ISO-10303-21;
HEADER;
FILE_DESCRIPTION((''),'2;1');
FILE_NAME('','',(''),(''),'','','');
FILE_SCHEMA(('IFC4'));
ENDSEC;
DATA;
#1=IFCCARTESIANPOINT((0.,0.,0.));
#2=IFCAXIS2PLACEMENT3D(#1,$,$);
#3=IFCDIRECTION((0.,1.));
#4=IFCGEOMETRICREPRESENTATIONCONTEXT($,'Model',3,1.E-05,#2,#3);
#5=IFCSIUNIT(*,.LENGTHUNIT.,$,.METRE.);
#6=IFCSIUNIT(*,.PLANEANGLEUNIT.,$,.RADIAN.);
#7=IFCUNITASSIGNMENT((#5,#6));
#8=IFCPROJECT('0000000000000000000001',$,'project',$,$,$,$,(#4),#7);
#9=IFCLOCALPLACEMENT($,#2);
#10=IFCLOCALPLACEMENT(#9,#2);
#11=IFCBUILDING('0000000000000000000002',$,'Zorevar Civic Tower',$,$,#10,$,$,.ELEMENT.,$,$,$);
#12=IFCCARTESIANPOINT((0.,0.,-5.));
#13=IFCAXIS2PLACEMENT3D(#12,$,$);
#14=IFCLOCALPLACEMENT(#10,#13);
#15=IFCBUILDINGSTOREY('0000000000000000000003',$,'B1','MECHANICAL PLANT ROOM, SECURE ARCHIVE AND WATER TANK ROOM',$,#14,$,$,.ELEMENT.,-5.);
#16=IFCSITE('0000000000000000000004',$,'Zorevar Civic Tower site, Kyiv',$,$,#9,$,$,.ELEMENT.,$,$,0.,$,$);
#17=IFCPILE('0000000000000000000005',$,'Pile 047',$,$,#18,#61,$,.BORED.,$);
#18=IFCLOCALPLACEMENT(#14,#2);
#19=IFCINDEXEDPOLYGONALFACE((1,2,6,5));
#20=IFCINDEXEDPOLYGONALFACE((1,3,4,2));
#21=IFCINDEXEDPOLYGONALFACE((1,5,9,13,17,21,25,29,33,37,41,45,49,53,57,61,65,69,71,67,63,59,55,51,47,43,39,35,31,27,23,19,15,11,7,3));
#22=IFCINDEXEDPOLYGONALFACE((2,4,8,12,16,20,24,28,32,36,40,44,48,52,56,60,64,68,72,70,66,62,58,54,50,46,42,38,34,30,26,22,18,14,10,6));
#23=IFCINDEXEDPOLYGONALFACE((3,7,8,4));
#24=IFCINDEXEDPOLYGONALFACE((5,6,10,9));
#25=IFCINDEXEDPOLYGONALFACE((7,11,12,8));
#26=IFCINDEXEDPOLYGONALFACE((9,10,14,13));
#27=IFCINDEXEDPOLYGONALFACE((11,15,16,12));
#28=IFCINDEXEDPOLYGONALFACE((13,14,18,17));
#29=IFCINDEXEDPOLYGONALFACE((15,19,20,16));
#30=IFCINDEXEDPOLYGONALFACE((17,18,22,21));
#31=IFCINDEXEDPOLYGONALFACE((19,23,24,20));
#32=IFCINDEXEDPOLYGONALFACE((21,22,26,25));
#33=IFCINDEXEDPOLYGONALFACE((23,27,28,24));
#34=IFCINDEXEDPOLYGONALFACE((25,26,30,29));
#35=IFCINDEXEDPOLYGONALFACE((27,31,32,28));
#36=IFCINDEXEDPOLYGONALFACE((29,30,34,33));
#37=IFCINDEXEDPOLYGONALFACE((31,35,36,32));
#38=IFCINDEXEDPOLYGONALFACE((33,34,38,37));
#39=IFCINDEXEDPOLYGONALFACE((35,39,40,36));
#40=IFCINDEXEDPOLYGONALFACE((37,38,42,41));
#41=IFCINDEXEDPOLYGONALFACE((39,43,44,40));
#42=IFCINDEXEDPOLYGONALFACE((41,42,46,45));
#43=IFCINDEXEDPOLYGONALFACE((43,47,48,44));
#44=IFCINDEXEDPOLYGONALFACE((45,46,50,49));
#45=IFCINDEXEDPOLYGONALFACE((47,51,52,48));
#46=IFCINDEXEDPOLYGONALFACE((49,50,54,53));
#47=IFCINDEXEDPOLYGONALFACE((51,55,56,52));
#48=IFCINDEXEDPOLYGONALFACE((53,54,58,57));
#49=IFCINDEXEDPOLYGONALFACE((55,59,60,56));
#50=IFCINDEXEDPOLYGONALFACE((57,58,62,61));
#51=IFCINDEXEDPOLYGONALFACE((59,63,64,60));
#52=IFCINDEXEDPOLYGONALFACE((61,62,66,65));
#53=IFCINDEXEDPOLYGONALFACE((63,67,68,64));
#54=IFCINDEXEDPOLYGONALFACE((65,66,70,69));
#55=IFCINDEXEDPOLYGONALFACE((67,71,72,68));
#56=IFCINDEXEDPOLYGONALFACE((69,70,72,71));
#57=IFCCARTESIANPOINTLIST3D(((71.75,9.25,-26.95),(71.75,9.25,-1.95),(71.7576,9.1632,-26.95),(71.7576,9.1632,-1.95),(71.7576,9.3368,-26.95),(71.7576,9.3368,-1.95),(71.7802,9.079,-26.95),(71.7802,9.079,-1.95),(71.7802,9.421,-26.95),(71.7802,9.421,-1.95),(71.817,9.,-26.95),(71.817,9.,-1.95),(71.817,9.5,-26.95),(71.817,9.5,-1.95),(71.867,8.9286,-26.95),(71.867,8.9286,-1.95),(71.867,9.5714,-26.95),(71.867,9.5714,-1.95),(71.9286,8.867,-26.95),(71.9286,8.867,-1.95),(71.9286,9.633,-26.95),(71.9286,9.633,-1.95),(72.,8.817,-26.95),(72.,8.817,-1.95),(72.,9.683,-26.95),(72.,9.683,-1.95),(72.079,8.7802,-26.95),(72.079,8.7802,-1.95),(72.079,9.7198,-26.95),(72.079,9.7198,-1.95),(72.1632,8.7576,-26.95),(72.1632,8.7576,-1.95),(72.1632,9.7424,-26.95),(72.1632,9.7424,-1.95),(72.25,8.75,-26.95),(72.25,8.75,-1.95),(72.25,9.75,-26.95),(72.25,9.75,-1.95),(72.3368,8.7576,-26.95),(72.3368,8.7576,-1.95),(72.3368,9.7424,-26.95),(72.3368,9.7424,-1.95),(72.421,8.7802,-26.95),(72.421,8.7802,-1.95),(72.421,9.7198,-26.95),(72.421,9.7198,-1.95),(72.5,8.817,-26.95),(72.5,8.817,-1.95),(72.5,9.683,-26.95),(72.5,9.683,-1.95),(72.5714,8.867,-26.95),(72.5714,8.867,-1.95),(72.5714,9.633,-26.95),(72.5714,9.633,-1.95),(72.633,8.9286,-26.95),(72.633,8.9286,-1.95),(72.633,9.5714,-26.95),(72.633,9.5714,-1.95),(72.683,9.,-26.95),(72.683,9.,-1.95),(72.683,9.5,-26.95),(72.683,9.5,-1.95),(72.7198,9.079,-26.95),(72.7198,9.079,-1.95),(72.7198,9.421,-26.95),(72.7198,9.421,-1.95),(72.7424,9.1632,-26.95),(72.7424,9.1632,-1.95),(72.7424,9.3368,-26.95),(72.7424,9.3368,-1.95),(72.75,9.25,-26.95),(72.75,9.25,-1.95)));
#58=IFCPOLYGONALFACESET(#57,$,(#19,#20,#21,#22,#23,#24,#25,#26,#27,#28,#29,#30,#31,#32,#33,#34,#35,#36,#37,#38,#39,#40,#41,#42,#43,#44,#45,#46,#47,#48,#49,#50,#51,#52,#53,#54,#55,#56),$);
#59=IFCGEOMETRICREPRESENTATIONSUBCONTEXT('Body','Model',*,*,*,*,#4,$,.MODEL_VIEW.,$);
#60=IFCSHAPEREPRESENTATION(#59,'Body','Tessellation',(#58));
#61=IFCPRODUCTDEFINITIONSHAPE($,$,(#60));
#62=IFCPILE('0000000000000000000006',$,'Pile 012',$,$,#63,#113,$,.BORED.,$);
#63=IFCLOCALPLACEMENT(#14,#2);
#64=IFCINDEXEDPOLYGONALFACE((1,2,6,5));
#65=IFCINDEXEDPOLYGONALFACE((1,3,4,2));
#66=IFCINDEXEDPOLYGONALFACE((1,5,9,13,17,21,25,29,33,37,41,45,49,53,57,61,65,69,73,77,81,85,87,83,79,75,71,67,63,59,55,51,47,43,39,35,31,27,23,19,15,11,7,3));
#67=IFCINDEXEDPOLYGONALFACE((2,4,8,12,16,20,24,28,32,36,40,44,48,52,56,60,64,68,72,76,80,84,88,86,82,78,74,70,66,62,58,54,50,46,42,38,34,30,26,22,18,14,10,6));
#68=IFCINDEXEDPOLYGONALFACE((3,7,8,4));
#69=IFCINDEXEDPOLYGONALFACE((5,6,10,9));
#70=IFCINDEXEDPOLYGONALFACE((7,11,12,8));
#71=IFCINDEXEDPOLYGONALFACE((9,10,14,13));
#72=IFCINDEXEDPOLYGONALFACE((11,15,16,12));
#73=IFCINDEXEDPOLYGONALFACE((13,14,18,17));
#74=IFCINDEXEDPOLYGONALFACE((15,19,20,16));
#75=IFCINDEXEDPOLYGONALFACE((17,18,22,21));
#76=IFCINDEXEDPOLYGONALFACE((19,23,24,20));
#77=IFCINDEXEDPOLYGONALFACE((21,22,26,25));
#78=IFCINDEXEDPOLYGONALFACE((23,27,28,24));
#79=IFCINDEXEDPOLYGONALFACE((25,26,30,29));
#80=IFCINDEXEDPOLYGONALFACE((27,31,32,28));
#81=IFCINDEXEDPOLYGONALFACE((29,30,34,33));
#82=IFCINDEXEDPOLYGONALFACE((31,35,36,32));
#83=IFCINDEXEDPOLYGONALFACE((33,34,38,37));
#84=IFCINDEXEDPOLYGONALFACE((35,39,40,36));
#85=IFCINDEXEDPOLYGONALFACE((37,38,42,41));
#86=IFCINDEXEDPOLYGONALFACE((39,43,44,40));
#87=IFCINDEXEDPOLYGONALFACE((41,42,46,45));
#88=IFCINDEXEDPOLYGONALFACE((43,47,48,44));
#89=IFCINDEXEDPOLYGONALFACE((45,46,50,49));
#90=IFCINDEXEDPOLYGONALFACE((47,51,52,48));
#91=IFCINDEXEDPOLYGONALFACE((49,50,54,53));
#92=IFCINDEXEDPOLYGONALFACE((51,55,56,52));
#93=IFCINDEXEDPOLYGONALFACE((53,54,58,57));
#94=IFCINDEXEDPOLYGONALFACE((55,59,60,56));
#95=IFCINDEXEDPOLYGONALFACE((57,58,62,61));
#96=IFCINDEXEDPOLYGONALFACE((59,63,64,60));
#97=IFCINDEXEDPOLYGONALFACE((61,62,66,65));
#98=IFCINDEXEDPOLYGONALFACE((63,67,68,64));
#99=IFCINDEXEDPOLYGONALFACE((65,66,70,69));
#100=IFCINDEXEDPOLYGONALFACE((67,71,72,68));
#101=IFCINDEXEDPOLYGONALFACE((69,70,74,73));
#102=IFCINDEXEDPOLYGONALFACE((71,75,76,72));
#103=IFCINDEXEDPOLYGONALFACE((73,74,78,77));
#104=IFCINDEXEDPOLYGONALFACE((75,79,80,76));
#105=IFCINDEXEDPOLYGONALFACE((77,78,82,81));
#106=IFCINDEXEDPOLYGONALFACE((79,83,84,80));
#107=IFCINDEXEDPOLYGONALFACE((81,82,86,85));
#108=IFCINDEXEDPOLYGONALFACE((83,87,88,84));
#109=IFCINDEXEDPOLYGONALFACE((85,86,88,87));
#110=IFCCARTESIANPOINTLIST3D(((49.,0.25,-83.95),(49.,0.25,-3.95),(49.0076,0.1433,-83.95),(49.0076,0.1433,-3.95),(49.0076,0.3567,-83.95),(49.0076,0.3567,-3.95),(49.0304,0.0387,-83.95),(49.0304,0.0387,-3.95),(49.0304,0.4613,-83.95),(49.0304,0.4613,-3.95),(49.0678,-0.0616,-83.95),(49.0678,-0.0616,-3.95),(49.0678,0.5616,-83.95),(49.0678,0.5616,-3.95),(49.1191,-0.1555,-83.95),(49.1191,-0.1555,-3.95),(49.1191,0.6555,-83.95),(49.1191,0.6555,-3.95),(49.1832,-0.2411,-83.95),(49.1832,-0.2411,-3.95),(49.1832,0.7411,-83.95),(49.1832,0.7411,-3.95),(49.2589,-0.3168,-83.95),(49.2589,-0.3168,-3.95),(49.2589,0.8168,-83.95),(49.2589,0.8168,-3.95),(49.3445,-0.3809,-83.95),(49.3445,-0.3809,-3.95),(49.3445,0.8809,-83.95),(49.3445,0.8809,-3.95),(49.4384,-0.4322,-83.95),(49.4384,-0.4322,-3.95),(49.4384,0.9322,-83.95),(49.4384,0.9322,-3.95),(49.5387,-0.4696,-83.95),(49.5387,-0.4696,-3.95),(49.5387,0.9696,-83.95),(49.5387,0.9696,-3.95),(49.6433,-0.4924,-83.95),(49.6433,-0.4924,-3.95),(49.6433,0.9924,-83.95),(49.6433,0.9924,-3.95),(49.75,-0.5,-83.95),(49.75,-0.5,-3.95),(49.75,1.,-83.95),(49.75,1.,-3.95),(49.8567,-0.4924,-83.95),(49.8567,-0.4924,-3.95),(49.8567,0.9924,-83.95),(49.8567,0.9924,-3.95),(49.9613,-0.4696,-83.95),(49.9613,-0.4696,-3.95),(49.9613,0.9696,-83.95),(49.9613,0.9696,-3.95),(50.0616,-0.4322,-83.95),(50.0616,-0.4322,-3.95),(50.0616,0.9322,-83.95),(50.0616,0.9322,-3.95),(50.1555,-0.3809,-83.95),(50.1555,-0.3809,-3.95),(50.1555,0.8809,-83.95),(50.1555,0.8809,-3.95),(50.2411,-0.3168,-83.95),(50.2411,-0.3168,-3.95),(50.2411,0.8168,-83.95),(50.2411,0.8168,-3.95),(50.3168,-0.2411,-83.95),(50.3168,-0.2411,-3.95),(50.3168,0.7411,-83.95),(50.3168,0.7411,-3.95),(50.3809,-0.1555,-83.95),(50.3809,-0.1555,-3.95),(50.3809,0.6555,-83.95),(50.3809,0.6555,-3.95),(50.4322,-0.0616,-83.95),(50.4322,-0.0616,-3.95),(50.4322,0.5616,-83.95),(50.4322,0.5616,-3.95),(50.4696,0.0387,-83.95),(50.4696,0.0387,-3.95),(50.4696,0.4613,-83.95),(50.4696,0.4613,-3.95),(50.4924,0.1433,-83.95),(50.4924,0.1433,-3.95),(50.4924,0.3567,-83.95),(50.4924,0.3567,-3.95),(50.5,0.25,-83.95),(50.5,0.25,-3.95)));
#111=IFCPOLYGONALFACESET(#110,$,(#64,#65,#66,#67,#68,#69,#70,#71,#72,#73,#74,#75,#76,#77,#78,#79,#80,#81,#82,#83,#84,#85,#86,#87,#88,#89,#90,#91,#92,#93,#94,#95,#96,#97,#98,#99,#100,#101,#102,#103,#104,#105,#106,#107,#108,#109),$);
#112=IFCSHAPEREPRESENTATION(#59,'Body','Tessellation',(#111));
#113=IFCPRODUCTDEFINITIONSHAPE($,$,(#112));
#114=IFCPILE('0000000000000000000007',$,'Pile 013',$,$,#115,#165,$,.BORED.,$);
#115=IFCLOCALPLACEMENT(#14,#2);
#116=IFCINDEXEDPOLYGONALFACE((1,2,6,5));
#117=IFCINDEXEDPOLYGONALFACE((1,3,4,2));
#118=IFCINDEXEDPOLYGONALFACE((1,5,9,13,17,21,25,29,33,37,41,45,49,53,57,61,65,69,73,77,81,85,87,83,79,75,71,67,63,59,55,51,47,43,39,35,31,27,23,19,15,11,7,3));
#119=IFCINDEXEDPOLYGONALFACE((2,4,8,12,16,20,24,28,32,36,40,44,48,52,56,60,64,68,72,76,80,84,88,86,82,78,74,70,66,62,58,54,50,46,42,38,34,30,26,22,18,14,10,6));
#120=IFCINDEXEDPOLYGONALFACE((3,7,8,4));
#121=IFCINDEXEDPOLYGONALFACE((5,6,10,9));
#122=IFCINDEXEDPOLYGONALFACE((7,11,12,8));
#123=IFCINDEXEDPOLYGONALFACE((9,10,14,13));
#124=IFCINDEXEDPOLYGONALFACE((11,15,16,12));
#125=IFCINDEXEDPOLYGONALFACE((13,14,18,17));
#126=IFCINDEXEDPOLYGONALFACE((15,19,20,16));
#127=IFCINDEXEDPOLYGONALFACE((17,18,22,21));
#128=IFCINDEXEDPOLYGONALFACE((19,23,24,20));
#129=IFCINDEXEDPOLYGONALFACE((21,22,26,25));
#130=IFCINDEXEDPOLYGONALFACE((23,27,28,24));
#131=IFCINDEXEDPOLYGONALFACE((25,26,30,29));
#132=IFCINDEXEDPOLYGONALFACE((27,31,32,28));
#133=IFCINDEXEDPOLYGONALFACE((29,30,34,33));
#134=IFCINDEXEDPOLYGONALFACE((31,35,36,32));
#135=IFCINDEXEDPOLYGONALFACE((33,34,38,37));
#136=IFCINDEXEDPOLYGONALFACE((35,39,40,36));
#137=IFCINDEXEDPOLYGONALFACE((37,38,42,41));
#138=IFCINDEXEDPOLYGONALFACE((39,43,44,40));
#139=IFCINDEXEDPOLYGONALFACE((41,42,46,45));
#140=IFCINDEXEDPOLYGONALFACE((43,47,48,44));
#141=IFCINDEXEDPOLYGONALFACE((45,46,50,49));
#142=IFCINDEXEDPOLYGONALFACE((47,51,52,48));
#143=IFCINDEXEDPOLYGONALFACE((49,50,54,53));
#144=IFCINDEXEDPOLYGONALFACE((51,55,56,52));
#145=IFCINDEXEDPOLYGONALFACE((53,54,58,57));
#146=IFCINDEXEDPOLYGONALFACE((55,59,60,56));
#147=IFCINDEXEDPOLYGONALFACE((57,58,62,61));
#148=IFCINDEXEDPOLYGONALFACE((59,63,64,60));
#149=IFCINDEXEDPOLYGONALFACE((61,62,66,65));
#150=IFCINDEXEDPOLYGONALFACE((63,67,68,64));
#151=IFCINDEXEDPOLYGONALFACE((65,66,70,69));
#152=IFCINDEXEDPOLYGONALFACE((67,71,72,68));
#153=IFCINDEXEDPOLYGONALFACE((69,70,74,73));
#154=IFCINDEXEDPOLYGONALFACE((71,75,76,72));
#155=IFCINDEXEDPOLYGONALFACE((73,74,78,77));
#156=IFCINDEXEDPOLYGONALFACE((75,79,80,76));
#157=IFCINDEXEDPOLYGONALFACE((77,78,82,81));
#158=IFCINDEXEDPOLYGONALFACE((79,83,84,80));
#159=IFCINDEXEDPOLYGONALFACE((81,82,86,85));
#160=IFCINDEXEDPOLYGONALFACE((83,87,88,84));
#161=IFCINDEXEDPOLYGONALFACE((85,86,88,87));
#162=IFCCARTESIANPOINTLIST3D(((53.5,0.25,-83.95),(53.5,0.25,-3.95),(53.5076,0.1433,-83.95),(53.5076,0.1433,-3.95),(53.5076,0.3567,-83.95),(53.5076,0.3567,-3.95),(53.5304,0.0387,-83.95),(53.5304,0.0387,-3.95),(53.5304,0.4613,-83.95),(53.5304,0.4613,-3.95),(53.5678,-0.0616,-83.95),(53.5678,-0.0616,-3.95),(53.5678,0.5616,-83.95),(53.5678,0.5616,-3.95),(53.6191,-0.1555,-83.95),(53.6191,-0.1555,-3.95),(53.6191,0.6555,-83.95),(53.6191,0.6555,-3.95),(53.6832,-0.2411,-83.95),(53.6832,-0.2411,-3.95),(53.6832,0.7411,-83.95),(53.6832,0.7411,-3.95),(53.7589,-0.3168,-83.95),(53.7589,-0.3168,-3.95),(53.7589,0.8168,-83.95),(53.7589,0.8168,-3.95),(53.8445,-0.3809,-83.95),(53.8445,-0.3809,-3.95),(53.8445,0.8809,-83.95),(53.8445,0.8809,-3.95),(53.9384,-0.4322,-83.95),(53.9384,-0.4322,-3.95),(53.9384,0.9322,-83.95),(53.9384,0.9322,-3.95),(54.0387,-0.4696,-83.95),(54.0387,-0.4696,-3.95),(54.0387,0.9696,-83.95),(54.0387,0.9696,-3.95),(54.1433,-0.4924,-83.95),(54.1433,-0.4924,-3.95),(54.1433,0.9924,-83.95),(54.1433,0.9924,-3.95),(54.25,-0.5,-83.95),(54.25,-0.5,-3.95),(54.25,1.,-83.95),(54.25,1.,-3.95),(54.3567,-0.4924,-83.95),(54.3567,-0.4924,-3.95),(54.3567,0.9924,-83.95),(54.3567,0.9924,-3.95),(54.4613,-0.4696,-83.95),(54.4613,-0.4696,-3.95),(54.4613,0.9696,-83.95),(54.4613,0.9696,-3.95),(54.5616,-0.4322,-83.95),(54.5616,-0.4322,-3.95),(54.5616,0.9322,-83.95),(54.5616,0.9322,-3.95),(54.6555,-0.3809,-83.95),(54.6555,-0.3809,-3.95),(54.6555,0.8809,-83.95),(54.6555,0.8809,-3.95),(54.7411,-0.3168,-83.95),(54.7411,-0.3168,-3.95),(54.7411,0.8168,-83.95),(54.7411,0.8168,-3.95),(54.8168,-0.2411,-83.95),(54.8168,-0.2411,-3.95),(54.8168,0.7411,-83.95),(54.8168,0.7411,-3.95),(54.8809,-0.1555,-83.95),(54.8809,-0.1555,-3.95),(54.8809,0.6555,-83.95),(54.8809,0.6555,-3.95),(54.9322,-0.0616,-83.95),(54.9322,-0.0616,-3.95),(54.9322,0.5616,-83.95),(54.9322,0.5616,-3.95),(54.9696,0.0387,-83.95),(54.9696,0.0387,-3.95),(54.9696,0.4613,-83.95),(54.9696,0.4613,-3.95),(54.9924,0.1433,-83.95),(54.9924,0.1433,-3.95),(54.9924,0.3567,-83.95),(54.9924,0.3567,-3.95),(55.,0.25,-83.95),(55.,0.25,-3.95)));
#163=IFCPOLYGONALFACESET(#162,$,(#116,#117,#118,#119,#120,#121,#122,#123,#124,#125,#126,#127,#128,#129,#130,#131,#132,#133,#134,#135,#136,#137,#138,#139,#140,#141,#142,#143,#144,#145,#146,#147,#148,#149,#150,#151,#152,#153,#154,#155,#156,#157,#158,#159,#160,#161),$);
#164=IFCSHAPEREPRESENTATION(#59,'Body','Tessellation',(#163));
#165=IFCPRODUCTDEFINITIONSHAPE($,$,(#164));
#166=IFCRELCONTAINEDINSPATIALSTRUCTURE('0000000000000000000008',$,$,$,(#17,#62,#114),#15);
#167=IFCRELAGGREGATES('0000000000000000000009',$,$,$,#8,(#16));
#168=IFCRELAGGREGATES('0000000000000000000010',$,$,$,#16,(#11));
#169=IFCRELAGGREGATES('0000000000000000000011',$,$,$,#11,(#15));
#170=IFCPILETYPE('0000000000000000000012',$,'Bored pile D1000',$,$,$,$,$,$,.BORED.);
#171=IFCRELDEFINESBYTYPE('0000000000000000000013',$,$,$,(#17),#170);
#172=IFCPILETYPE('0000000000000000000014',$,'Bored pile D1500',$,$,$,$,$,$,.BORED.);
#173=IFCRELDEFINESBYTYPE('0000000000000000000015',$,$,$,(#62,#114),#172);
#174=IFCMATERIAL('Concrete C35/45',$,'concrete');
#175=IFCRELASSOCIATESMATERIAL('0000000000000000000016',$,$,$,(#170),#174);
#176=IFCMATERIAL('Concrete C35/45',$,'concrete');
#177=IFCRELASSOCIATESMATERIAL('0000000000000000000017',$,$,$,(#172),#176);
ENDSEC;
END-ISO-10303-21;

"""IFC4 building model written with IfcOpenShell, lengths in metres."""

from ifc_helpers import new_model, si_unit, direction, frame, origin, origin_2d, place, context, subcontext, project, spatial, circle, extrude, material, type_object, element, save


model = new_model("IFC4")

# Units and contexts
model_context = context("Model", 3, precision=1e-05, world=origin(), true_north=direction((0.0, 1.0)))
body_context = subcontext(model_context, "Body", "Model", "MODEL_VIEW")
ifc_project = project(units=[si_unit("LENGTHUNIT", "METRE"), si_unit("PLANEANGLEUNIT", "RADIAN")], contexts=[model_context])

# Site, building, storey
site_placement = place(None, origin())
site = spatial("IfcSite", under=ifc_project, at=site_placement, Name="Zorevar Civic Tower site, Kyiv", CompositionType="ELEMENT", RefElevation=0.0)
building_placement = place(site_placement, origin())
building = spatial("IfcBuilding", under=site, at=building_placement, Name="Zorevar Civic Tower", CompositionType="ELEMENT")
storey_placement = place(building_placement, frame((0.0, 0.0, -5.0)))
storey = spatial("IfcBuildingStorey", under=building, at=storey_placement, Name="B1", Description="MECHANICAL PLANT ROOM, SECURE ARCHIVE AND WATER TANK ROOM", CompositionType="ELEMENT", Elevation=-5.0)

# Piles
ifc_material_1 = material(Name="Concrete C35/45", Category="concrete")
pile_type_1 = type_object("IfcPileType", Name="Bored pile D1000", PredefinedType="BORED", material=ifc_material_1)
pile_placement = place(storey_placement, frame((72.25, 9.25, -1.95), z_axis=(0.0, 0.0, -1.0), x_axis=(1.0, 0.0, 0.0)))
element("IfcPile", 1, at=pile_placement, inside=storey, type_object=pile_type_1, Name="Pile 047", PredefinedType="BORED", context=body_context, shape_type="SweptSolid", body=[
    extrude(circle(Radius=0.5, at=origin_2d()), origin(), (0.0, 0.0, 1.0), 25.0),
])
ifc_material_2 = material(Name="Concrete C35/45", Category="concrete")
pile_type_2 = type_object("IfcPileType", Name="Bored pile D1500", PredefinedType="BORED", material=ifc_material_2)
for number, where, z_axis, x_axis, name in (
    (2, (49.75, 0.25, -3.95), (0.0, 0.0, -1.0), (1.0, 0.0, 0.0), "Pile 012"),
    (3, (54.25, 0.25, -3.95), (0.0, 0.0, -1.0), (1.0, 0.0, 0.0), "Pile 013"),
):
    element("IfcPile", number, at=place(storey_placement, frame(where, z_axis=z_axis, x_axis=x_axis)), inside=storey, type_object=pile_type_2, Name=name, PredefinedType="BORED", context=body_context, shape_type="SweptSolid", body=[
        extrude(circle(Radius=0.75, at=origin_2d()), origin(), (0.0, 0.0, 1.0), 80.0),
    ])

save(model, "model.ifc")
